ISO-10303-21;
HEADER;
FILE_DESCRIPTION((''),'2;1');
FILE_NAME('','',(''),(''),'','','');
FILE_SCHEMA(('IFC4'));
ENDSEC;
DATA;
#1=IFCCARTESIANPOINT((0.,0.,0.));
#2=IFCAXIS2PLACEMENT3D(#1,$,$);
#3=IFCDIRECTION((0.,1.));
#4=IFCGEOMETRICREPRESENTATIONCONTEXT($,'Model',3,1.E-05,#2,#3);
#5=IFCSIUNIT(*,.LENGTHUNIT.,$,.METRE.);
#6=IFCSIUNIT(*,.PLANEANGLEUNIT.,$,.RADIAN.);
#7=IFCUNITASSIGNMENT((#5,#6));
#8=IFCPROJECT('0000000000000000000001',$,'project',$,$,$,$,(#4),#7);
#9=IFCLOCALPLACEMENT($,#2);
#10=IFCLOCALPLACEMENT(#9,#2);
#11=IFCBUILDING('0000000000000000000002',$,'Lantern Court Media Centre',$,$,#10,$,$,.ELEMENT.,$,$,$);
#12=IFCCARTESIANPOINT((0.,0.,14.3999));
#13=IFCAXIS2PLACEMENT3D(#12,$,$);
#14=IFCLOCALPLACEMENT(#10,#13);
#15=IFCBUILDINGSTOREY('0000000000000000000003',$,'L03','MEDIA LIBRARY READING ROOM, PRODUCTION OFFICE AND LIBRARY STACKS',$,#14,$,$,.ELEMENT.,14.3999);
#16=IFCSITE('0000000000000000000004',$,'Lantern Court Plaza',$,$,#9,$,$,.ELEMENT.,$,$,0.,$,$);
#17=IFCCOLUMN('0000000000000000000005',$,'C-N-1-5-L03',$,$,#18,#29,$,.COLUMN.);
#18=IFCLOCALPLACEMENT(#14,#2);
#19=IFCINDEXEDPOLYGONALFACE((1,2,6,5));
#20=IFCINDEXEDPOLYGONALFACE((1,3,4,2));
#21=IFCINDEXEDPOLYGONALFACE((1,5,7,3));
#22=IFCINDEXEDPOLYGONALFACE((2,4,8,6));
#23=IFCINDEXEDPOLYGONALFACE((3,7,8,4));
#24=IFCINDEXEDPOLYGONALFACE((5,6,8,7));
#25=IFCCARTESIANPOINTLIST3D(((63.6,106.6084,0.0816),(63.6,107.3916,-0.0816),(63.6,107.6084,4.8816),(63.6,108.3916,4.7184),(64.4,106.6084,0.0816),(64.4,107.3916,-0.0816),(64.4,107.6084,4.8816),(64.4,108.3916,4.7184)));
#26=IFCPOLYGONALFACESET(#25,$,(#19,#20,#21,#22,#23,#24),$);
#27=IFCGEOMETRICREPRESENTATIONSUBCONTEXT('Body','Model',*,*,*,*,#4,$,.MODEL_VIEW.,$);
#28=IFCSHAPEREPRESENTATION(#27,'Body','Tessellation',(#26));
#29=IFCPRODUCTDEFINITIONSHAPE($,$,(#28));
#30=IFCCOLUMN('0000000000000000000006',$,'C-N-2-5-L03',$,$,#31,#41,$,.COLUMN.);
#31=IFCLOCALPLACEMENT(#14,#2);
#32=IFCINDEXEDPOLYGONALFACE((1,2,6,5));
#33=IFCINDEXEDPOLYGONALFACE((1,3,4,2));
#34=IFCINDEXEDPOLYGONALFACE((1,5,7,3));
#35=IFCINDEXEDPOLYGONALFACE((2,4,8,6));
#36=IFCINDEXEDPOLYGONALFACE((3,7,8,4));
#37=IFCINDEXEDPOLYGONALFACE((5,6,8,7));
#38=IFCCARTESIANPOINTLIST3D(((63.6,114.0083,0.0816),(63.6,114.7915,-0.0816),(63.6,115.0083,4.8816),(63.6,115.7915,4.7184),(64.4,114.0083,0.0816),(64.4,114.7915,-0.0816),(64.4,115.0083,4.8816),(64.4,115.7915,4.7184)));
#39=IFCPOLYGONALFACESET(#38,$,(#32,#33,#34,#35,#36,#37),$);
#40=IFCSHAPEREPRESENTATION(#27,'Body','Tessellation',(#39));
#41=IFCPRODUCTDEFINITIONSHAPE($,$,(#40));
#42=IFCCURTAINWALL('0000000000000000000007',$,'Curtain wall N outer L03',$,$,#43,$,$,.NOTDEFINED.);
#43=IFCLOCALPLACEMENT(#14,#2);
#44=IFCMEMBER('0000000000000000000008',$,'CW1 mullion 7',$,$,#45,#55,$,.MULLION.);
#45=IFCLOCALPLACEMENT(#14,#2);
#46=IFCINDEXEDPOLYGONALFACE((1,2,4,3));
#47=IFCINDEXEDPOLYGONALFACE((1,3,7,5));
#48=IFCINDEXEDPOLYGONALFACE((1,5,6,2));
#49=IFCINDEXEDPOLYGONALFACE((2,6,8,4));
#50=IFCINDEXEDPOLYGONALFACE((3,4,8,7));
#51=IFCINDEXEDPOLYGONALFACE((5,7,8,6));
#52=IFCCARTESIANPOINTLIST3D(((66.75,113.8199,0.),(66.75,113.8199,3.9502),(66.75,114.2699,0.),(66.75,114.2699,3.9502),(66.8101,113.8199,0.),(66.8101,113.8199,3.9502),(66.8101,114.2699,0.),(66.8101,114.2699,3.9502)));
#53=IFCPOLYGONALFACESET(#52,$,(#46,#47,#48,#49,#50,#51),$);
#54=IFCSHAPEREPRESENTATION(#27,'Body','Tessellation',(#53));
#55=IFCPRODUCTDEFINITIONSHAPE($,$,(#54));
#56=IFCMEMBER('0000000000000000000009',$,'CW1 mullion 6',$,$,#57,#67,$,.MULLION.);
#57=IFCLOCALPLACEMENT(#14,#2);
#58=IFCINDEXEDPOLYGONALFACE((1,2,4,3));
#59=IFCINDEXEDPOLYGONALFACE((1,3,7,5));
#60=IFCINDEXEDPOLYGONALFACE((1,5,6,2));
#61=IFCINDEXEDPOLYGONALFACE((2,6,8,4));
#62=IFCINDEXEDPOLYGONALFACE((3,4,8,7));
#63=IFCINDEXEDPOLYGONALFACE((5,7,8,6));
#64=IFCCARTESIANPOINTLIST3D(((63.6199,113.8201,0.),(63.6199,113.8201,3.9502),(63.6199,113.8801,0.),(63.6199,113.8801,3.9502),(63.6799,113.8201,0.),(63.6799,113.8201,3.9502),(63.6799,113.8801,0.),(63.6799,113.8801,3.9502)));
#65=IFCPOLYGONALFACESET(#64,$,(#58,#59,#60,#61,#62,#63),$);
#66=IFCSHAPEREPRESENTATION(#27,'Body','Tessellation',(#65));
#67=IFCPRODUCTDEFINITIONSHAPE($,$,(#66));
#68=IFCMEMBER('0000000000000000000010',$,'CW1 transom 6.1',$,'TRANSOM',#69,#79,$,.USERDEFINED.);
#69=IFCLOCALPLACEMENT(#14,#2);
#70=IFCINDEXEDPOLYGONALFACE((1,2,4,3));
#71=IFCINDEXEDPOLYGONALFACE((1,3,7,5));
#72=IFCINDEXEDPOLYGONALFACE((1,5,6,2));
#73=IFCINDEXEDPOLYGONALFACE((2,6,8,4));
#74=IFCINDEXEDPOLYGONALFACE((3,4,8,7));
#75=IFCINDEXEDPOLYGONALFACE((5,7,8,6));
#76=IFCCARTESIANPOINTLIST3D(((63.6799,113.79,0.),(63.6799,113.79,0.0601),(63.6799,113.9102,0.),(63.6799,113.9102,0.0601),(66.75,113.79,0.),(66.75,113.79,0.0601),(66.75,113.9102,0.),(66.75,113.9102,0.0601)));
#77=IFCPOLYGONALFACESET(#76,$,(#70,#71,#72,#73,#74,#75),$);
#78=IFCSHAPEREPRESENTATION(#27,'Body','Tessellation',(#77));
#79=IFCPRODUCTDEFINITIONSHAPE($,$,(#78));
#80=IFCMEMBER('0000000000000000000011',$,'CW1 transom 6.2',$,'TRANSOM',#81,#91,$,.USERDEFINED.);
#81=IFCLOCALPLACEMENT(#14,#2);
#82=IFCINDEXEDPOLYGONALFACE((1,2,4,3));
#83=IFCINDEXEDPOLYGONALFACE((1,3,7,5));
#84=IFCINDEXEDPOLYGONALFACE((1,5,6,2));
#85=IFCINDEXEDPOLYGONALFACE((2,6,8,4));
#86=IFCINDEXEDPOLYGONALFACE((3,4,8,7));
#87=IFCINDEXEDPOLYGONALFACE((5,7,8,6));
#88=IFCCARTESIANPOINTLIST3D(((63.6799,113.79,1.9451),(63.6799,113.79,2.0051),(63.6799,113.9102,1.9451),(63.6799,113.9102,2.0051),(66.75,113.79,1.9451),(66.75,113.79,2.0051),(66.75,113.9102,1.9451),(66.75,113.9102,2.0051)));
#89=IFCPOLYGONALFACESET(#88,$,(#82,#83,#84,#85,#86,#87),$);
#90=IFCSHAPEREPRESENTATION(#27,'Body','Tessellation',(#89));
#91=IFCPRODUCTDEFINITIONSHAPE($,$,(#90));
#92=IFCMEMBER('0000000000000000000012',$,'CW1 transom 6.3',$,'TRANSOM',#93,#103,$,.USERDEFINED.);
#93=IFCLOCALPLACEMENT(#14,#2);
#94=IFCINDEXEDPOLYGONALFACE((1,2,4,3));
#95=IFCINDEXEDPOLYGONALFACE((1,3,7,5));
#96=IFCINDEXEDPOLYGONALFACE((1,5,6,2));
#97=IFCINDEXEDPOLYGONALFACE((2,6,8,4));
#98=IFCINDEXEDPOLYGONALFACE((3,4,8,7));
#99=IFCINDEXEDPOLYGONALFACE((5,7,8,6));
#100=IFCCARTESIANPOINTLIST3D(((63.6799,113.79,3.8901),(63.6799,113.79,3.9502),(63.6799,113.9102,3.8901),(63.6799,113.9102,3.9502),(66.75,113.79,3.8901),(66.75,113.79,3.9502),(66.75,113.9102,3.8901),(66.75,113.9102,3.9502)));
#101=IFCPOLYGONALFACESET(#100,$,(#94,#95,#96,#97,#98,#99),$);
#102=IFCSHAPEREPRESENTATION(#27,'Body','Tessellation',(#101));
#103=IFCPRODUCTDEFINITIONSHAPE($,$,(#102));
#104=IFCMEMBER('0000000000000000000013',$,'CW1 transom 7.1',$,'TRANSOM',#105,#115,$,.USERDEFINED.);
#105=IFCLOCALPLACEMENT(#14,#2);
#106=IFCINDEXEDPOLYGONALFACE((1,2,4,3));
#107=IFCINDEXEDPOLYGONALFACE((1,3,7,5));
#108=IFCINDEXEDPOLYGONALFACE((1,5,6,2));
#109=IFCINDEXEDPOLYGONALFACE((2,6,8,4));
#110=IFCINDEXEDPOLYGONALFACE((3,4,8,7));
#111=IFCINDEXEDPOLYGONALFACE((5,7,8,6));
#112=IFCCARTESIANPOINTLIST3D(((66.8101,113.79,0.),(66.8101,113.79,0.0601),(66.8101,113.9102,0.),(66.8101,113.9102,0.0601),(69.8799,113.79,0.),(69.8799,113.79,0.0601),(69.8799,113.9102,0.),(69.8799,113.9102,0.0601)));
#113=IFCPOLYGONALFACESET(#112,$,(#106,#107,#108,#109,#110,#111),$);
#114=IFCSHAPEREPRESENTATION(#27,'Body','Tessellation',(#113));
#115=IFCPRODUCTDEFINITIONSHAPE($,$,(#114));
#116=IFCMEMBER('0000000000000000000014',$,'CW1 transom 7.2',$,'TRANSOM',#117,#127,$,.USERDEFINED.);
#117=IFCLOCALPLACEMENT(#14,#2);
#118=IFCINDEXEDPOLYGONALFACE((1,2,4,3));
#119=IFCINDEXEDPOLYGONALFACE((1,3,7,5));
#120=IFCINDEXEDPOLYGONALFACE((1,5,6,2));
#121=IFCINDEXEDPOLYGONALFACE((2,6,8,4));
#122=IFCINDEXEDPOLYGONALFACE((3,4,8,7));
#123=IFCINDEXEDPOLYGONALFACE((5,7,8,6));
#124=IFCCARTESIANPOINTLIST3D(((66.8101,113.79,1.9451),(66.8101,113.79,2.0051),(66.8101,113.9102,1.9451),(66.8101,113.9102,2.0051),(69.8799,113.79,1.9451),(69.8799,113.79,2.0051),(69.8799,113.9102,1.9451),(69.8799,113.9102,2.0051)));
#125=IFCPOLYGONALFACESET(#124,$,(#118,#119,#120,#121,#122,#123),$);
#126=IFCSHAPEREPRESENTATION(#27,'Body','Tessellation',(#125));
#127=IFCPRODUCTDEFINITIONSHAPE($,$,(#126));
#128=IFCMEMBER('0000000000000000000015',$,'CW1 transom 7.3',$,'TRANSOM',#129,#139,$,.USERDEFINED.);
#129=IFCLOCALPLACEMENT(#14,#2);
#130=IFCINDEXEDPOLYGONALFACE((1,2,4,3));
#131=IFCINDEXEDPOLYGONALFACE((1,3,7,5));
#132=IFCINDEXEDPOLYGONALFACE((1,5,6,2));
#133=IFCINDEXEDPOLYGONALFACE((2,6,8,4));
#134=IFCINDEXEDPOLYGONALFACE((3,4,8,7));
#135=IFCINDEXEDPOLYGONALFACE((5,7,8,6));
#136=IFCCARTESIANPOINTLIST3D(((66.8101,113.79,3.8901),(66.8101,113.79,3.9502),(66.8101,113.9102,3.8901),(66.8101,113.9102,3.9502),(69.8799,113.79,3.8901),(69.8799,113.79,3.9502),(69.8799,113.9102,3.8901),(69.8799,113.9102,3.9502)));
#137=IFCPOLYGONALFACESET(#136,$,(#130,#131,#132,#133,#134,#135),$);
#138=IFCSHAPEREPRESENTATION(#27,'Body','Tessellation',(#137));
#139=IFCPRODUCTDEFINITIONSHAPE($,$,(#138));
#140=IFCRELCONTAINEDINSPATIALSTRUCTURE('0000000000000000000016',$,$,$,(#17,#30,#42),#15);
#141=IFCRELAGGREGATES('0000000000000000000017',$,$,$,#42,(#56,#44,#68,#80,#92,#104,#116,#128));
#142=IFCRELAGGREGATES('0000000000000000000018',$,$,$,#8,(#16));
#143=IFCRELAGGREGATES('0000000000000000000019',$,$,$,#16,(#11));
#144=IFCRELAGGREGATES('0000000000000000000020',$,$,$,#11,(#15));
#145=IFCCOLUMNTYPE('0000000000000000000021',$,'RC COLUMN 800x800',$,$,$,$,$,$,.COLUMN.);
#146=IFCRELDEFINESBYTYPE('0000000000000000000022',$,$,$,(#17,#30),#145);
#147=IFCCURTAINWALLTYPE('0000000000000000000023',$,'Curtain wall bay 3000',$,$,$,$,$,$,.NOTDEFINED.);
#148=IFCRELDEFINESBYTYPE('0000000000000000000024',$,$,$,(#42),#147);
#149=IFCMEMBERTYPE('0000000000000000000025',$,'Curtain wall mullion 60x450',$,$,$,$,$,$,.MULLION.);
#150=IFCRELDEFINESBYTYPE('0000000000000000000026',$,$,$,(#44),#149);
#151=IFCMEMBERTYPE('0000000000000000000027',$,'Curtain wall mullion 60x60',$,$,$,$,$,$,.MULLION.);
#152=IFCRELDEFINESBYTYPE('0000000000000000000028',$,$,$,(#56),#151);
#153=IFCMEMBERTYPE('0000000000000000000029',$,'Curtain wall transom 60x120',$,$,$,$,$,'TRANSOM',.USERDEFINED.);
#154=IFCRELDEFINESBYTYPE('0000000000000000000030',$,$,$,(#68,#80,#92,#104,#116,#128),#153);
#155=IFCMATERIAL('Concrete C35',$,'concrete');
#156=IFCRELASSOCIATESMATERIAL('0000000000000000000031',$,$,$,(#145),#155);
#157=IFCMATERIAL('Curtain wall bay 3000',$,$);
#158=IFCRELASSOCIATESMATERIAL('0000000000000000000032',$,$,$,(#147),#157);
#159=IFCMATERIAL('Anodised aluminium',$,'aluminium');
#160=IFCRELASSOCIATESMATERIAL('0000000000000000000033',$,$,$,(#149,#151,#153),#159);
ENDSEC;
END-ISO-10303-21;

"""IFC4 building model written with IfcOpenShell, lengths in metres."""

from ifc_helpers import new_model, si_unit, direction, frame, origin, origin_2d, place, context, subcontext, project, spatial, rectangle, extrude, material, material_profile, profile_set, type_object, element, aggregate, save


model = new_model("IFC4")

# Units and contexts
model_context = context("Model", 3, precision=1e-05, world=origin(), true_north=direction((0.0, 1.0)))
body_context = subcontext(model_context, "Body", "Model", "MODEL_VIEW")
ifc_project = project(units=[si_unit("LENGTHUNIT", "METRE"), si_unit("PLANEANGLEUNIT", "RADIAN")], contexts=[model_context])

# Site, building, storey
site_placement = place(None, origin())
site = spatial("IfcSite", under=ifc_project, at=site_placement, Name="Lantern Court Plaza", CompositionType="ELEMENT", RefElevation=0.0)
building_placement = place(site_placement, origin())
building = spatial("IfcBuilding", under=site, at=building_placement, Name="Lantern Court Media Centre", CompositionType="ELEMENT")
storey_placement = place(building_placement, frame((0.0, 0.0, 14.3999)))
storey = spatial("IfcBuildingStorey", under=building, at=storey_placement, Name="L03", Description="MEDIA LIBRARY READING ROOM, PRODUCTION OFFICE AND LIBRARY STACKS", CompositionType="ELEMENT", Elevation=14.3999)

# Columns
ifc_material_1 = material(Name="Concrete C35", Category="concrete")
ifc_material_profile_1 = material_profile(ifc_material_1, rectangle(XDim=0.8, YDim=0.8, at=origin_2d()), Name="RC 800x800")
ifc_profile_set_1 = profile_set([ifc_material_profile_1], Name="Concrete C35")
column_type = type_object("IfcColumnType", Name="RC COLUMN 800x800", PredefinedType="COLUMN", material=ifc_profile_set_1)
for number, where, z_axis, x_axis, name in (
    (1, (64.0, 107.0, 0.0), (0.0, 0.203952, 0.978981), (-1.0, 0.0, 0.0), "C-N-1-5-L03"),
    (2, (64.0, 114.3999, 0.0), (0.0, 0.203952, 0.978981), (-1.0, 0.0, 0.0), "C-N-2-5-L03"),
):
    element("IfcColumn", number, at=place(storey_placement, frame(where, z_axis=z_axis, x_axis=x_axis)), inside=storey, type_object=column_type, Name=name, PredefinedType="COLUMN", context=body_context, shape_type="SweptSolid", body=[
        extrude(rectangle(XDim=0.8, YDim=0.8, at=origin_2d()), origin(), (0.0, 0.0, 1.0), 4.9031),
    ])

# Curtain wall, members
ifc_material_2 = material(Name="Curtain wall bay 3000")
curtain_wall_type = type_object("IfcCurtainWallType", Name="Curtain wall bay 3000", PredefinedType="NOTDEFINED", material=ifc_material_2)
curtain_wall_placement = place(storey_placement, origin())
curtain_wall = element("IfcCurtainWall", 3, at=curtain_wall_placement, inside=storey, type_object=curtain_wall_type, Name="Curtain wall N outer L03", PredefinedType="NOTDEFINED")
ifc_material_3 = material(Name="Anodised aluminium", Category="aluminium")
ifc_material_profile_2 = material_profile(ifc_material_3, rectangle(XDim=0.45, YDim=0.0601, at=origin_2d()), Name="AL 60x450")
ifc_profile_set_2 = profile_set([ifc_material_profile_2], Name="Anodised aluminium")
member_type_1 = type_object("IfcMemberType", Name="Curtain wall mullion 60x450", PredefinedType="MULLION", material=ifc_profile_set_2)
member_1_placement = place(storey_placement, frame((66.78, 114.0449, 0.0), z_axis=(0.0, 0.0, 1.0), x_axis=(0.0, 1.0, 0.0)))
member_1 = element("IfcMember", 4, at=member_1_placement, type_object=member_type_1, Name="CW1 mullion 7", PredefinedType="MULLION", context=body_context, shape_type="SweptSolid", body=[
    extrude(rectangle(XDim=0.45, YDim=0.0601, at=origin_2d()), origin(), (0.0, 0.0, 1.0), 3.9502),
])
ifc_material_profile_3 = material_profile(ifc_material_3, rectangle(XDim=0.0601, YDim=0.0601, at=origin_2d()), Name="AL 60x60")
ifc_profile_set_3 = profile_set([ifc_material_profile_3], Name="Anodised aluminium")
member_type_2 = type_object("IfcMemberType", Name="Curtain wall mullion 60x60", PredefinedType="MULLION", material=ifc_profile_set_3)
member_2_placement = place(storey_placement, frame((63.6499, 113.8501, 0.0), z_axis=(0.0, 0.0, 1.0), x_axis=(0.0, 1.0, 0.0)))
member_2 = element("IfcMember", 5, at=member_2_placement, type_object=member_type_2, Name="CW1 mullion 6", PredefinedType="MULLION", context=body_context, shape_type="SweptSolid", body=[
    extrude(rectangle(XDim=0.0601, YDim=0.0601, at=origin_2d()), origin(), (0.0, 0.0, 1.0), 3.9502),
])
ifc_material_profile_4 = material_profile(ifc_material_3, rectangle(XDim=0.1201, YDim=0.0601, at=origin_2d()), Name="AL 60x120")
ifc_profile_set_4 = profile_set([ifc_material_profile_4], Name="Anodised aluminium")
member_type_3 = type_object("IfcMemberType", Name="Curtain wall transom 60x120", ElementType="TRANSOM", PredefinedType="USERDEFINED", material=ifc_profile_set_4)
member_3_placement = place(storey_placement, frame((63.6799, 113.8501, 0.03), z_axis=(1.0, 0.0, 0.0), x_axis=(0.0, 1.0, 0.0)))
member_3 = element("IfcMember", 6, at=member_3_placement, type_object=member_type_3, Name="CW1 transom 6.1", ObjectType="TRANSOM", PredefinedType="USERDEFINED", context=body_context, shape_type="SweptSolid", body=[
    extrude(rectangle(XDim=0.1201, YDim=0.0601, at=origin_2d()), origin(), (0.0, 0.0, 1.0), 3.0701),
])
member_4_placement = place(storey_placement, frame((63.6799, 113.8501, 1.9751), z_axis=(1.0, 0.0, 0.0), x_axis=(0.0, 1.0, 0.0)))
member_4 = element("IfcMember", 7, at=member_4_placement, type_object=member_type_3, Name="CW1 transom 6.2", ObjectType="TRANSOM", PredefinedType="USERDEFINED", context=body_context, shape_type="SweptSolid", body=[
    extrude(rectangle(XDim=0.1201, YDim=0.0601, at=origin_2d()), origin(), (0.0, 0.0, 1.0), 3.0701),
])
member_5_placement = place(storey_placement, frame((63.6799, 113.8501, 3.9202), z_axis=(1.0, 0.0, 0.0), x_axis=(0.0, 1.0, 0.0)))
member_5 = element("IfcMember", 8, at=member_5_placement, type_object=member_type_3, Name="CW1 transom 6.3", ObjectType="TRANSOM", PredefinedType="USERDEFINED", context=body_context, shape_type="SweptSolid", body=[
    extrude(rectangle(XDim=0.1201, YDim=0.0601, at=origin_2d()), origin(), (0.0, 0.0, 1.0), 3.0701),
])
member_6_placement = place(storey_placement, frame((66.8101, 113.8501, 0.03), z_axis=(1.0, 0.0, 0.0), x_axis=(0.0, 1.0, 0.0)))
member_6 = element("IfcMember", 9, at=member_6_placement, type_object=member_type_3, Name="CW1 transom 7.1", ObjectType="TRANSOM", PredefinedType="USERDEFINED", context=body_context, shape_type="SweptSolid", body=[
    extrude(rectangle(XDim=0.1201, YDim=0.0601, at=origin_2d()), origin(), (0.0, 0.0, 1.0), 3.0698),
])
member_7_placement = place(storey_placement, frame((66.8101, 113.8501, 1.9751), z_axis=(1.0, 0.0, 0.0), x_axis=(0.0, 1.0, 0.0)))
member_7 = element("IfcMember", 10, at=member_7_placement, type_object=member_type_3, Name="CW1 transom 7.2", ObjectType="TRANSOM", PredefinedType="USERDEFINED", context=body_context, shape_type="SweptSolid", body=[
    extrude(rectangle(XDim=0.1201, YDim=0.0601, at=origin_2d()), origin(), (0.0, 0.0, 1.0), 3.0698),
])
member_8_placement = place(storey_placement, frame((66.8101, 113.8501, 3.9202), z_axis=(1.0, 0.0, 0.0), x_axis=(0.0, 1.0, 0.0)))
member_8 = element("IfcMember", 11, at=member_8_placement, type_object=member_type_3, Name="CW1 transom 7.3", ObjectType="TRANSOM", PredefinedType="USERDEFINED", context=body_context, shape_type="SweptSolid", body=[
    extrude(rectangle(XDim=0.1201, YDim=0.0601, at=origin_2d()), origin(), (0.0, 0.0, 1.0), 3.0698),
])

aggregate(curtain_wall, [member_2, member_1, member_3, member_4, member_5, member_6, member_7, member_8])

save(model, "model.ifc")
